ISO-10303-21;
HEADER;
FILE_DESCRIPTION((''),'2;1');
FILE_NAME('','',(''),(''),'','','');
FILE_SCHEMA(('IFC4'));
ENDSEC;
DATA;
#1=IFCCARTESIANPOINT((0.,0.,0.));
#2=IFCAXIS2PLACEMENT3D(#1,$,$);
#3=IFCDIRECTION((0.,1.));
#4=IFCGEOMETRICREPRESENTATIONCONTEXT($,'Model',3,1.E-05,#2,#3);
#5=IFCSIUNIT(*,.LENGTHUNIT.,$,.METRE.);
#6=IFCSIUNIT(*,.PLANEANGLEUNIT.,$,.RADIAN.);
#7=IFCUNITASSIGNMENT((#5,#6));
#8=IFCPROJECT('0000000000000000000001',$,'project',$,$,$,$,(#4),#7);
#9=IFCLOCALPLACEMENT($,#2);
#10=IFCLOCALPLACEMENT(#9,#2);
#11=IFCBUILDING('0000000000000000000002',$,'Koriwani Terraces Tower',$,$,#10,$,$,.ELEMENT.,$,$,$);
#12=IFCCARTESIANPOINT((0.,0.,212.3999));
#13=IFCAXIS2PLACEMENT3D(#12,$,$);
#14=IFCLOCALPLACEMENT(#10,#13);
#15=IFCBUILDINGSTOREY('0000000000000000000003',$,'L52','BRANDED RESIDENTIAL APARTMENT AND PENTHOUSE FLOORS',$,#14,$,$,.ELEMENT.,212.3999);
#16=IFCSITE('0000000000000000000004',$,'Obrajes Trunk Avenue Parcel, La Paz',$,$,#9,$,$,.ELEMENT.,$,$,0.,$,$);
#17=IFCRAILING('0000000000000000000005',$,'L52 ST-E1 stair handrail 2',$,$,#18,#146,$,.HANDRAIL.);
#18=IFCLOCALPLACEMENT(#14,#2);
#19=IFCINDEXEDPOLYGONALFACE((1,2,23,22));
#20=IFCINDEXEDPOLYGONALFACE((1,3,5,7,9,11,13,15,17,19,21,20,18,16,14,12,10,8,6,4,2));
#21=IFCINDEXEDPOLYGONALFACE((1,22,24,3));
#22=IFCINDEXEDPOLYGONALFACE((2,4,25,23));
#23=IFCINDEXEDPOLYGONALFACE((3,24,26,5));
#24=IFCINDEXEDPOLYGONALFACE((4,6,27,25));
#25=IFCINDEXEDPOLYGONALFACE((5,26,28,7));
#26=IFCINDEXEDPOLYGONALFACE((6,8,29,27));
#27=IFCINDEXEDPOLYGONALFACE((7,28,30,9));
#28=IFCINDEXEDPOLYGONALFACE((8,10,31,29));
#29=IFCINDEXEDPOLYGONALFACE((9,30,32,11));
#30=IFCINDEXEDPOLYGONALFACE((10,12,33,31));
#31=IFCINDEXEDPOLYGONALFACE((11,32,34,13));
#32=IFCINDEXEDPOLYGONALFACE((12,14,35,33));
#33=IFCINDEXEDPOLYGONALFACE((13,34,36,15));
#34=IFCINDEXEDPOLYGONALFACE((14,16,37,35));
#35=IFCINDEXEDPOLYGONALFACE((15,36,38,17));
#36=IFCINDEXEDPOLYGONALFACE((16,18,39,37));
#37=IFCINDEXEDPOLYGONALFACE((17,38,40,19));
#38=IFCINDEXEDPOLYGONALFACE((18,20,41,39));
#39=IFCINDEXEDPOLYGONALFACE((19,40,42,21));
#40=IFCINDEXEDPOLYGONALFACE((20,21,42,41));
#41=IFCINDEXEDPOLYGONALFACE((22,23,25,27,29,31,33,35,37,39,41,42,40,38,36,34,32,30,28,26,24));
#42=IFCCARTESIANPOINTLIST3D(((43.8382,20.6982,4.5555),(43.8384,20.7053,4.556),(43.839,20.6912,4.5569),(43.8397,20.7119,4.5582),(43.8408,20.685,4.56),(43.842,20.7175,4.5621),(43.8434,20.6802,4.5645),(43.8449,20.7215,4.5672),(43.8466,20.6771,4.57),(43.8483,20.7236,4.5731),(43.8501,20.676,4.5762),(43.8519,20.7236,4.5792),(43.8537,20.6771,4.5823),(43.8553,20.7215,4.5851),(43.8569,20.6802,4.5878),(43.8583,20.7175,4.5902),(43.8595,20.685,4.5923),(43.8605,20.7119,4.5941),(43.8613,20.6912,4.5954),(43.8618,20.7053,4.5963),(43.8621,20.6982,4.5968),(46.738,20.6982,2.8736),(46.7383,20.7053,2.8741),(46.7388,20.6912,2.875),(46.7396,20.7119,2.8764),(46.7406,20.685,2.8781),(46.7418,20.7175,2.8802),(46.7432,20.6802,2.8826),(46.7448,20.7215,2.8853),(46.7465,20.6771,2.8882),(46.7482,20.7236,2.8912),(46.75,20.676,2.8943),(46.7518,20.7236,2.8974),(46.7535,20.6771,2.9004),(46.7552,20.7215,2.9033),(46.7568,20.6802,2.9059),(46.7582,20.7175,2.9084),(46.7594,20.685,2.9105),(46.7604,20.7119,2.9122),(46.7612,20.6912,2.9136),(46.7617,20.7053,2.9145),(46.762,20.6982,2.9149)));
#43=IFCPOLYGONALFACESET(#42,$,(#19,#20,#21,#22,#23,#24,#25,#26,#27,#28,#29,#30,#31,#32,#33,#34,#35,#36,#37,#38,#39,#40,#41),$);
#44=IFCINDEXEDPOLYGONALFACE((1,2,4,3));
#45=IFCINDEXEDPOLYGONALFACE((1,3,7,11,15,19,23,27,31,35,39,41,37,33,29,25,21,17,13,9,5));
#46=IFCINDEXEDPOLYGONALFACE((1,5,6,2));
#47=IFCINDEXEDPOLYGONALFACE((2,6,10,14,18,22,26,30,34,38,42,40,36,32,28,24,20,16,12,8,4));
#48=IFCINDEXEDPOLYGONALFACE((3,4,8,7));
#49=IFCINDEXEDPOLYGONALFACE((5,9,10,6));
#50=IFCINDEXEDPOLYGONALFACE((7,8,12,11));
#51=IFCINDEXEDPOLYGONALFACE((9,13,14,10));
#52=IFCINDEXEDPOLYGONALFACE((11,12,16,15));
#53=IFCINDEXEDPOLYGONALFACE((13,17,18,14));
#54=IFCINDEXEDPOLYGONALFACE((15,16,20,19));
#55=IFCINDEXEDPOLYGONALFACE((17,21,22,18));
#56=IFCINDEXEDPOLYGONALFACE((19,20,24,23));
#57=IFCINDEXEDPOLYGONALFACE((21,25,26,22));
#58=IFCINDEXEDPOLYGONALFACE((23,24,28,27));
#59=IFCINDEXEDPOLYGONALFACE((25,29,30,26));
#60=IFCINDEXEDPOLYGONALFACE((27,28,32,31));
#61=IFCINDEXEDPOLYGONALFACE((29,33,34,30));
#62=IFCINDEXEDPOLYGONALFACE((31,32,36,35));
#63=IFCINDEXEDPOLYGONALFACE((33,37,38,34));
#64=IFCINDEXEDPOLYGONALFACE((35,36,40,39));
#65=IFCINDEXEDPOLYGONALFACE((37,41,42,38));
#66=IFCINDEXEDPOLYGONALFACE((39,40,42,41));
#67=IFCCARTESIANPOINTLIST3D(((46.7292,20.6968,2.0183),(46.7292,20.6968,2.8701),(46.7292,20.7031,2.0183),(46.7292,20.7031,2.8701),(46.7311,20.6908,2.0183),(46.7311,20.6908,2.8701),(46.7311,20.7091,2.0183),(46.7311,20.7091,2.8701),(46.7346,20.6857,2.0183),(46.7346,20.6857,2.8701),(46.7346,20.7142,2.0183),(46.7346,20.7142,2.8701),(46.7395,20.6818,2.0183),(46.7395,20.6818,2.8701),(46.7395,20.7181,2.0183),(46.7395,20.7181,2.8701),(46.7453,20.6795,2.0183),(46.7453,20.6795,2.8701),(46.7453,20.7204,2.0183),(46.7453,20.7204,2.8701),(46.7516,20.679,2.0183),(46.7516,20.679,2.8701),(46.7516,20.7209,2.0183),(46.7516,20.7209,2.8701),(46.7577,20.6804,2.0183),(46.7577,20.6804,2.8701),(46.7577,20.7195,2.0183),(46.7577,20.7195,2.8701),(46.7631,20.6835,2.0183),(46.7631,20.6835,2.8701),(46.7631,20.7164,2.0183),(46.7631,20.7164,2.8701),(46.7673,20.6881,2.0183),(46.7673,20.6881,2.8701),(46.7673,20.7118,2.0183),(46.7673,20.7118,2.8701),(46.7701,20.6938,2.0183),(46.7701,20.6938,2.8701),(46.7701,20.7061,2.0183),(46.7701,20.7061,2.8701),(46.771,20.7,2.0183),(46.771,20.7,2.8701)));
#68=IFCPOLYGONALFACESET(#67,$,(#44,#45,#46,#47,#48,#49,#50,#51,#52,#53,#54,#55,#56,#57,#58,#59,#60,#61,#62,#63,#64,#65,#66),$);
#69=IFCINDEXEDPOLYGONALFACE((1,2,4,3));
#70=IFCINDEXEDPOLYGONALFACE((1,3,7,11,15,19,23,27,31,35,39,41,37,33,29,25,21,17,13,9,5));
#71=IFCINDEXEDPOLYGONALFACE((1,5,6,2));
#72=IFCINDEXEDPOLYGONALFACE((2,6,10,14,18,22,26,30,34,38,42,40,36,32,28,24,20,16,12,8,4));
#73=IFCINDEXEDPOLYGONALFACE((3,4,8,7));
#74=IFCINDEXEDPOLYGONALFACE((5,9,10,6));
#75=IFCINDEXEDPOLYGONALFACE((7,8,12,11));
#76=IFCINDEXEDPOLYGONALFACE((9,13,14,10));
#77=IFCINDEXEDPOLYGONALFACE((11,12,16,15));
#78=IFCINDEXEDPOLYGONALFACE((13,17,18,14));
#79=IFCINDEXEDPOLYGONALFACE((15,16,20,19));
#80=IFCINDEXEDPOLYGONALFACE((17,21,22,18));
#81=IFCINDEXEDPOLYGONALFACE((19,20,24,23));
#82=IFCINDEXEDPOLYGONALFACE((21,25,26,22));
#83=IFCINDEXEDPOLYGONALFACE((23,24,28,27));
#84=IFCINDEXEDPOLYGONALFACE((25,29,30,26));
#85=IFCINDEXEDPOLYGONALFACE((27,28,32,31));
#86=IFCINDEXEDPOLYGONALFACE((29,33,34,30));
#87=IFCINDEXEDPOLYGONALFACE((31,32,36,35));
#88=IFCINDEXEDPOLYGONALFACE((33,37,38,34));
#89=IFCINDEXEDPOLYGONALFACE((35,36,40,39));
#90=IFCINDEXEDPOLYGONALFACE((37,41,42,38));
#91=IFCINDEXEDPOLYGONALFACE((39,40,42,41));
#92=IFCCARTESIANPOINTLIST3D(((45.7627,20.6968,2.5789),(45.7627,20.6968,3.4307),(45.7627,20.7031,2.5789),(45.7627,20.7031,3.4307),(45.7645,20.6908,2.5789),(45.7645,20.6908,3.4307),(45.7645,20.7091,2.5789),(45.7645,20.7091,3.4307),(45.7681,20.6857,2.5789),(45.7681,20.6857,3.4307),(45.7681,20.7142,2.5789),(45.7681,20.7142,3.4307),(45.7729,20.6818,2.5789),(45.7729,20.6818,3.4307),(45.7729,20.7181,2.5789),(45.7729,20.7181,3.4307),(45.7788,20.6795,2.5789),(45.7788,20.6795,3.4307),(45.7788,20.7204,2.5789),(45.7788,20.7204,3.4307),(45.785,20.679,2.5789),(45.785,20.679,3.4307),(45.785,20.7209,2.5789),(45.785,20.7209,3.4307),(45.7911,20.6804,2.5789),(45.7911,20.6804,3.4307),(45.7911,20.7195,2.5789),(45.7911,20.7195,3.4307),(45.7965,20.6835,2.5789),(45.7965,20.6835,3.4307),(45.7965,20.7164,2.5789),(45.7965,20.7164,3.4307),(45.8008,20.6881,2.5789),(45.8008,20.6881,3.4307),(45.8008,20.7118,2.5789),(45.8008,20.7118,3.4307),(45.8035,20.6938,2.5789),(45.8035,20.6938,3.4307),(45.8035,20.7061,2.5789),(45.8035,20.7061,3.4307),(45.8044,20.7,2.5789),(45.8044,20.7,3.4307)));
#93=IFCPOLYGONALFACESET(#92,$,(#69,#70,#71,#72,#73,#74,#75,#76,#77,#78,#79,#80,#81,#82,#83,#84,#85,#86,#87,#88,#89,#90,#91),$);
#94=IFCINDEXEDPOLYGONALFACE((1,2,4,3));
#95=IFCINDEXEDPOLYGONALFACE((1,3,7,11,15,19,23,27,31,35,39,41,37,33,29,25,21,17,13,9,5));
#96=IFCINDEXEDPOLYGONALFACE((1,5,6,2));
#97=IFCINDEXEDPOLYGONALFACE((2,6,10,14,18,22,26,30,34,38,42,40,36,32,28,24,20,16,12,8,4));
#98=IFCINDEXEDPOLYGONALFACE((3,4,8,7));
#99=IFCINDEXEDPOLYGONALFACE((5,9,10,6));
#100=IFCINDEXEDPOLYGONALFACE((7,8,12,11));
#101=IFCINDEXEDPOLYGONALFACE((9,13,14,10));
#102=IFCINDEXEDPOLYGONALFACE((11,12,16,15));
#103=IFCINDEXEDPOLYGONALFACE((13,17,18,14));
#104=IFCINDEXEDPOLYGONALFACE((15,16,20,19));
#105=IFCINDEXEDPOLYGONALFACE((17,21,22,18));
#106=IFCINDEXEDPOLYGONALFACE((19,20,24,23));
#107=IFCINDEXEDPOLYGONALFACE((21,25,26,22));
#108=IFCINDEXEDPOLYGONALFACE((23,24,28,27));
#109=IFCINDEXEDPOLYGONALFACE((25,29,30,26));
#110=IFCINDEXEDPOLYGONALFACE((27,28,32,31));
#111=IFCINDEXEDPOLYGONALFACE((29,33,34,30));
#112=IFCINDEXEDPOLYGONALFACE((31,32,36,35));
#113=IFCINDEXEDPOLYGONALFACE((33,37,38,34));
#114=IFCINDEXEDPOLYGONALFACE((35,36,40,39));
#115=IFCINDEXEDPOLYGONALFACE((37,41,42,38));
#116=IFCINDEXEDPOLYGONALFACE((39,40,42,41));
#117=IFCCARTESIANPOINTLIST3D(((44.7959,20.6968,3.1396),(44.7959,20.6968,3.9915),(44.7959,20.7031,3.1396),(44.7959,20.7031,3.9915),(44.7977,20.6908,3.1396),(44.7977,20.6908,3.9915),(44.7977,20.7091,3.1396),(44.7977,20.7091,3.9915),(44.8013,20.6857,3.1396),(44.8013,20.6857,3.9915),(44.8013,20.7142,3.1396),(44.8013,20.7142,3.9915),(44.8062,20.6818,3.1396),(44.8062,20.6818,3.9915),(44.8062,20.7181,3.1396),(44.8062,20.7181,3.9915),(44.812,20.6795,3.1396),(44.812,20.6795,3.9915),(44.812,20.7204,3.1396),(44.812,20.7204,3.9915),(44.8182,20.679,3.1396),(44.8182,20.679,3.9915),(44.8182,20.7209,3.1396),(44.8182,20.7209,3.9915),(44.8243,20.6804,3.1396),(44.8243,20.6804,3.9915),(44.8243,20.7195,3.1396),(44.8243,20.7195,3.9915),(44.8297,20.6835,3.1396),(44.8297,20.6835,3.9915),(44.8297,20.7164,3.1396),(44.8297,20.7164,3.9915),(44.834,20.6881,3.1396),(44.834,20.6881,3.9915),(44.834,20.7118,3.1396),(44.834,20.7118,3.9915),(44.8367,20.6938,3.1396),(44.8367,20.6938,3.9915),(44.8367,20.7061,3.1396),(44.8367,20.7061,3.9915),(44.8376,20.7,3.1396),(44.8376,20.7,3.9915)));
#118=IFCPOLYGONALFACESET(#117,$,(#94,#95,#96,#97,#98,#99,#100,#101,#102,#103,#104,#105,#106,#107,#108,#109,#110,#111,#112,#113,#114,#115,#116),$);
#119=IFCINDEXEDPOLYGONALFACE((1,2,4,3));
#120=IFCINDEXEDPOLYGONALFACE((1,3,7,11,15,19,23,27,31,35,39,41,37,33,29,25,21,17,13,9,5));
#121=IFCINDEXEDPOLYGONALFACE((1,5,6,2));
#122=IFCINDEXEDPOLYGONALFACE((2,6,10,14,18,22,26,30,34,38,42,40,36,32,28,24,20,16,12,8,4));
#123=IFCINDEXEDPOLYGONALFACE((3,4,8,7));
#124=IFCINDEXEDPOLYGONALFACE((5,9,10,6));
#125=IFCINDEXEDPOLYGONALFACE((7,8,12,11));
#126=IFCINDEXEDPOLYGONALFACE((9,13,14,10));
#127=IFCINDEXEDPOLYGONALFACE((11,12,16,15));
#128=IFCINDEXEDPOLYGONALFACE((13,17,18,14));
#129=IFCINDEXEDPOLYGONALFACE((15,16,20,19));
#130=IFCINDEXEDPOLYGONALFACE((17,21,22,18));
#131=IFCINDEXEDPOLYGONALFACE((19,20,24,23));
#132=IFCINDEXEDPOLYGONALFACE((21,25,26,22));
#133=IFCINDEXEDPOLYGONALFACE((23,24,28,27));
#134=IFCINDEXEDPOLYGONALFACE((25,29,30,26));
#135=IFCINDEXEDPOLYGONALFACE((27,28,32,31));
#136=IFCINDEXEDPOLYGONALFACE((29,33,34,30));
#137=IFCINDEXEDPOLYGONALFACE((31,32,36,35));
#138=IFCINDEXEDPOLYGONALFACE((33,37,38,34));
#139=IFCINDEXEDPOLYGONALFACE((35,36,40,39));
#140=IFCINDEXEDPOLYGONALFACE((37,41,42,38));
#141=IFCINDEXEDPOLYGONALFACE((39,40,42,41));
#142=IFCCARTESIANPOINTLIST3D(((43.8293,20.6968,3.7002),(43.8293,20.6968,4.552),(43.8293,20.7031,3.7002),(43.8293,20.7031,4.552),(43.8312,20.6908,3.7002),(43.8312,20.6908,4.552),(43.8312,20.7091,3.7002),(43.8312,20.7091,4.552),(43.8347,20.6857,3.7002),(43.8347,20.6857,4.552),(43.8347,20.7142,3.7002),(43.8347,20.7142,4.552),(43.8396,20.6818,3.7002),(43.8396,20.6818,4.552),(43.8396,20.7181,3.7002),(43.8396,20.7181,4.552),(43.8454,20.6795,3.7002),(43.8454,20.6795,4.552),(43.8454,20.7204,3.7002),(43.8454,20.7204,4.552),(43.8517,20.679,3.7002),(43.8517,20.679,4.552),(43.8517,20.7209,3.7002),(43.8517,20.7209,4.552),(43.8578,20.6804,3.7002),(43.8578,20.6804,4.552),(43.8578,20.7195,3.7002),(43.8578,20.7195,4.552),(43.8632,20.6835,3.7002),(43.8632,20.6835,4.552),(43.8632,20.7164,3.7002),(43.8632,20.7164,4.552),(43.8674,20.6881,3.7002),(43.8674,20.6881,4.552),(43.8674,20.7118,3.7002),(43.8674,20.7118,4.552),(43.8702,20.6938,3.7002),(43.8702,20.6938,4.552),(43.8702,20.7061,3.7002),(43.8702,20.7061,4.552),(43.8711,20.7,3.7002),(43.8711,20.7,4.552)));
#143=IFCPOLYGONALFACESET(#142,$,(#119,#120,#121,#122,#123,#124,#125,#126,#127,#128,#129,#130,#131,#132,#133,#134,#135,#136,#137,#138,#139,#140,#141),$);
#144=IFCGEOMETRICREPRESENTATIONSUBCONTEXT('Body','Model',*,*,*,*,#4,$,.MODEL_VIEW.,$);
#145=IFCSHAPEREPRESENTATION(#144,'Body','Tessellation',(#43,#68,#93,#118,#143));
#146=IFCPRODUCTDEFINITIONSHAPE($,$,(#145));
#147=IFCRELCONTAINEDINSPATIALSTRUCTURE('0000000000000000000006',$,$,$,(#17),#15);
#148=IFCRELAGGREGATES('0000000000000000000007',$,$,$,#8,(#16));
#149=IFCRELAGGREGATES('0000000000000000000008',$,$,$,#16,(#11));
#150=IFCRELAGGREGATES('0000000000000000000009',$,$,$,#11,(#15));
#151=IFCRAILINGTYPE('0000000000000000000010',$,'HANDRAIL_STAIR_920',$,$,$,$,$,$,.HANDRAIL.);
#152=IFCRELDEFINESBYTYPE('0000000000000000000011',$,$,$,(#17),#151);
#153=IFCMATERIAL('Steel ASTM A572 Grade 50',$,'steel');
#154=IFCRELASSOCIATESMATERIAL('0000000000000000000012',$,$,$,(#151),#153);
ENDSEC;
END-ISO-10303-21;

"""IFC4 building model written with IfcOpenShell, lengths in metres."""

from ifc_helpers import new_model, si_unit, direction, frame, origin, origin_2d, place, context, subcontext, project, spatial, circle, extrude, material, type_object, element, save


model = new_model("IFC4")

# Units and contexts
model_context = context("Model", 3, precision=1e-05, world=origin(), true_north=direction((0.0, 1.0)))
body_context = subcontext(model_context, "Body", "Model", "MODEL_VIEW")
ifc_project = project(units=[si_unit("LENGTHUNIT", "METRE"), si_unit("PLANEANGLEUNIT", "RADIAN")], contexts=[model_context])

# Site, building, storey
site_placement = place(None, origin())
site = spatial("IfcSite", under=ifc_project, at=site_placement, Name="Obrajes Trunk Avenue Parcel, La Paz", CompositionType="ELEMENT", RefElevation=0.0)
building_placement = place(site_placement, origin())
building = spatial("IfcBuilding", under=site, at=building_placement, Name="Koriwani Terraces Tower", CompositionType="ELEMENT")
storey_placement = place(building_placement, frame((0.0, 0.0, 212.3999)))
storey = spatial("IfcBuildingStorey", under=building, at=storey_placement, Name="L52", Description="BRANDED RESIDENTIAL APARTMENT AND PENTHOUSE FLOORS", CompositionType="ELEMENT", Elevation=212.3999)

# Shared definitions
ifc_material_1 = material(Name="Steel ASTM A572 Grade 50", Category="steel")

# Railing
railing_type_1 = type_object("IfcRailingType", Name="HANDRAIL_STAIR_920", PredefinedType="HANDRAIL", material=ifc_material_1)
railing_1_placement = place(storey_placement, frame((46.75, 20.7, 2.0183)))
element("IfcRailing", 1, at=railing_1_placement, inside=storey, type_object=railing_type_1, Name="L52 ST-E1 stair handrail 2", PredefinedType="HANDRAIL", context=body_context, shape_type="SweptSolid", body=[
    extrude(circle(Radius=0.0239, at=origin_2d()), frame((0.0, 0.0, 0.876), z_axis=(-0.865039, 0.0, 0.501705), x_axis=(0.0, -1.0, 0.0)), (0.0, 0.0, 1.0), 3.3523),
    extrude(circle(Radius=0.021, at=origin_2d()), origin(), (0.0, 0.0, 1.0), 0.8518),
    extrude(circle(Radius=0.021, at=origin_2d()), frame((-0.9666, 0.0, 0.5605)), (0.0, 0.0, 1.0), 0.8518),
    extrude(circle(Radius=0.021, at=origin_2d()), frame((-1.9333, 0.0, 1.1213)), (0.0, 0.0, 1.0), 0.8518),
    extrude(circle(Radius=0.021, at=origin_2d()), frame((-2.8999, 0.0, 1.6819)), (0.0, 0.0, 1.0), 0.8518),
])

save(model, "model.ifc")
